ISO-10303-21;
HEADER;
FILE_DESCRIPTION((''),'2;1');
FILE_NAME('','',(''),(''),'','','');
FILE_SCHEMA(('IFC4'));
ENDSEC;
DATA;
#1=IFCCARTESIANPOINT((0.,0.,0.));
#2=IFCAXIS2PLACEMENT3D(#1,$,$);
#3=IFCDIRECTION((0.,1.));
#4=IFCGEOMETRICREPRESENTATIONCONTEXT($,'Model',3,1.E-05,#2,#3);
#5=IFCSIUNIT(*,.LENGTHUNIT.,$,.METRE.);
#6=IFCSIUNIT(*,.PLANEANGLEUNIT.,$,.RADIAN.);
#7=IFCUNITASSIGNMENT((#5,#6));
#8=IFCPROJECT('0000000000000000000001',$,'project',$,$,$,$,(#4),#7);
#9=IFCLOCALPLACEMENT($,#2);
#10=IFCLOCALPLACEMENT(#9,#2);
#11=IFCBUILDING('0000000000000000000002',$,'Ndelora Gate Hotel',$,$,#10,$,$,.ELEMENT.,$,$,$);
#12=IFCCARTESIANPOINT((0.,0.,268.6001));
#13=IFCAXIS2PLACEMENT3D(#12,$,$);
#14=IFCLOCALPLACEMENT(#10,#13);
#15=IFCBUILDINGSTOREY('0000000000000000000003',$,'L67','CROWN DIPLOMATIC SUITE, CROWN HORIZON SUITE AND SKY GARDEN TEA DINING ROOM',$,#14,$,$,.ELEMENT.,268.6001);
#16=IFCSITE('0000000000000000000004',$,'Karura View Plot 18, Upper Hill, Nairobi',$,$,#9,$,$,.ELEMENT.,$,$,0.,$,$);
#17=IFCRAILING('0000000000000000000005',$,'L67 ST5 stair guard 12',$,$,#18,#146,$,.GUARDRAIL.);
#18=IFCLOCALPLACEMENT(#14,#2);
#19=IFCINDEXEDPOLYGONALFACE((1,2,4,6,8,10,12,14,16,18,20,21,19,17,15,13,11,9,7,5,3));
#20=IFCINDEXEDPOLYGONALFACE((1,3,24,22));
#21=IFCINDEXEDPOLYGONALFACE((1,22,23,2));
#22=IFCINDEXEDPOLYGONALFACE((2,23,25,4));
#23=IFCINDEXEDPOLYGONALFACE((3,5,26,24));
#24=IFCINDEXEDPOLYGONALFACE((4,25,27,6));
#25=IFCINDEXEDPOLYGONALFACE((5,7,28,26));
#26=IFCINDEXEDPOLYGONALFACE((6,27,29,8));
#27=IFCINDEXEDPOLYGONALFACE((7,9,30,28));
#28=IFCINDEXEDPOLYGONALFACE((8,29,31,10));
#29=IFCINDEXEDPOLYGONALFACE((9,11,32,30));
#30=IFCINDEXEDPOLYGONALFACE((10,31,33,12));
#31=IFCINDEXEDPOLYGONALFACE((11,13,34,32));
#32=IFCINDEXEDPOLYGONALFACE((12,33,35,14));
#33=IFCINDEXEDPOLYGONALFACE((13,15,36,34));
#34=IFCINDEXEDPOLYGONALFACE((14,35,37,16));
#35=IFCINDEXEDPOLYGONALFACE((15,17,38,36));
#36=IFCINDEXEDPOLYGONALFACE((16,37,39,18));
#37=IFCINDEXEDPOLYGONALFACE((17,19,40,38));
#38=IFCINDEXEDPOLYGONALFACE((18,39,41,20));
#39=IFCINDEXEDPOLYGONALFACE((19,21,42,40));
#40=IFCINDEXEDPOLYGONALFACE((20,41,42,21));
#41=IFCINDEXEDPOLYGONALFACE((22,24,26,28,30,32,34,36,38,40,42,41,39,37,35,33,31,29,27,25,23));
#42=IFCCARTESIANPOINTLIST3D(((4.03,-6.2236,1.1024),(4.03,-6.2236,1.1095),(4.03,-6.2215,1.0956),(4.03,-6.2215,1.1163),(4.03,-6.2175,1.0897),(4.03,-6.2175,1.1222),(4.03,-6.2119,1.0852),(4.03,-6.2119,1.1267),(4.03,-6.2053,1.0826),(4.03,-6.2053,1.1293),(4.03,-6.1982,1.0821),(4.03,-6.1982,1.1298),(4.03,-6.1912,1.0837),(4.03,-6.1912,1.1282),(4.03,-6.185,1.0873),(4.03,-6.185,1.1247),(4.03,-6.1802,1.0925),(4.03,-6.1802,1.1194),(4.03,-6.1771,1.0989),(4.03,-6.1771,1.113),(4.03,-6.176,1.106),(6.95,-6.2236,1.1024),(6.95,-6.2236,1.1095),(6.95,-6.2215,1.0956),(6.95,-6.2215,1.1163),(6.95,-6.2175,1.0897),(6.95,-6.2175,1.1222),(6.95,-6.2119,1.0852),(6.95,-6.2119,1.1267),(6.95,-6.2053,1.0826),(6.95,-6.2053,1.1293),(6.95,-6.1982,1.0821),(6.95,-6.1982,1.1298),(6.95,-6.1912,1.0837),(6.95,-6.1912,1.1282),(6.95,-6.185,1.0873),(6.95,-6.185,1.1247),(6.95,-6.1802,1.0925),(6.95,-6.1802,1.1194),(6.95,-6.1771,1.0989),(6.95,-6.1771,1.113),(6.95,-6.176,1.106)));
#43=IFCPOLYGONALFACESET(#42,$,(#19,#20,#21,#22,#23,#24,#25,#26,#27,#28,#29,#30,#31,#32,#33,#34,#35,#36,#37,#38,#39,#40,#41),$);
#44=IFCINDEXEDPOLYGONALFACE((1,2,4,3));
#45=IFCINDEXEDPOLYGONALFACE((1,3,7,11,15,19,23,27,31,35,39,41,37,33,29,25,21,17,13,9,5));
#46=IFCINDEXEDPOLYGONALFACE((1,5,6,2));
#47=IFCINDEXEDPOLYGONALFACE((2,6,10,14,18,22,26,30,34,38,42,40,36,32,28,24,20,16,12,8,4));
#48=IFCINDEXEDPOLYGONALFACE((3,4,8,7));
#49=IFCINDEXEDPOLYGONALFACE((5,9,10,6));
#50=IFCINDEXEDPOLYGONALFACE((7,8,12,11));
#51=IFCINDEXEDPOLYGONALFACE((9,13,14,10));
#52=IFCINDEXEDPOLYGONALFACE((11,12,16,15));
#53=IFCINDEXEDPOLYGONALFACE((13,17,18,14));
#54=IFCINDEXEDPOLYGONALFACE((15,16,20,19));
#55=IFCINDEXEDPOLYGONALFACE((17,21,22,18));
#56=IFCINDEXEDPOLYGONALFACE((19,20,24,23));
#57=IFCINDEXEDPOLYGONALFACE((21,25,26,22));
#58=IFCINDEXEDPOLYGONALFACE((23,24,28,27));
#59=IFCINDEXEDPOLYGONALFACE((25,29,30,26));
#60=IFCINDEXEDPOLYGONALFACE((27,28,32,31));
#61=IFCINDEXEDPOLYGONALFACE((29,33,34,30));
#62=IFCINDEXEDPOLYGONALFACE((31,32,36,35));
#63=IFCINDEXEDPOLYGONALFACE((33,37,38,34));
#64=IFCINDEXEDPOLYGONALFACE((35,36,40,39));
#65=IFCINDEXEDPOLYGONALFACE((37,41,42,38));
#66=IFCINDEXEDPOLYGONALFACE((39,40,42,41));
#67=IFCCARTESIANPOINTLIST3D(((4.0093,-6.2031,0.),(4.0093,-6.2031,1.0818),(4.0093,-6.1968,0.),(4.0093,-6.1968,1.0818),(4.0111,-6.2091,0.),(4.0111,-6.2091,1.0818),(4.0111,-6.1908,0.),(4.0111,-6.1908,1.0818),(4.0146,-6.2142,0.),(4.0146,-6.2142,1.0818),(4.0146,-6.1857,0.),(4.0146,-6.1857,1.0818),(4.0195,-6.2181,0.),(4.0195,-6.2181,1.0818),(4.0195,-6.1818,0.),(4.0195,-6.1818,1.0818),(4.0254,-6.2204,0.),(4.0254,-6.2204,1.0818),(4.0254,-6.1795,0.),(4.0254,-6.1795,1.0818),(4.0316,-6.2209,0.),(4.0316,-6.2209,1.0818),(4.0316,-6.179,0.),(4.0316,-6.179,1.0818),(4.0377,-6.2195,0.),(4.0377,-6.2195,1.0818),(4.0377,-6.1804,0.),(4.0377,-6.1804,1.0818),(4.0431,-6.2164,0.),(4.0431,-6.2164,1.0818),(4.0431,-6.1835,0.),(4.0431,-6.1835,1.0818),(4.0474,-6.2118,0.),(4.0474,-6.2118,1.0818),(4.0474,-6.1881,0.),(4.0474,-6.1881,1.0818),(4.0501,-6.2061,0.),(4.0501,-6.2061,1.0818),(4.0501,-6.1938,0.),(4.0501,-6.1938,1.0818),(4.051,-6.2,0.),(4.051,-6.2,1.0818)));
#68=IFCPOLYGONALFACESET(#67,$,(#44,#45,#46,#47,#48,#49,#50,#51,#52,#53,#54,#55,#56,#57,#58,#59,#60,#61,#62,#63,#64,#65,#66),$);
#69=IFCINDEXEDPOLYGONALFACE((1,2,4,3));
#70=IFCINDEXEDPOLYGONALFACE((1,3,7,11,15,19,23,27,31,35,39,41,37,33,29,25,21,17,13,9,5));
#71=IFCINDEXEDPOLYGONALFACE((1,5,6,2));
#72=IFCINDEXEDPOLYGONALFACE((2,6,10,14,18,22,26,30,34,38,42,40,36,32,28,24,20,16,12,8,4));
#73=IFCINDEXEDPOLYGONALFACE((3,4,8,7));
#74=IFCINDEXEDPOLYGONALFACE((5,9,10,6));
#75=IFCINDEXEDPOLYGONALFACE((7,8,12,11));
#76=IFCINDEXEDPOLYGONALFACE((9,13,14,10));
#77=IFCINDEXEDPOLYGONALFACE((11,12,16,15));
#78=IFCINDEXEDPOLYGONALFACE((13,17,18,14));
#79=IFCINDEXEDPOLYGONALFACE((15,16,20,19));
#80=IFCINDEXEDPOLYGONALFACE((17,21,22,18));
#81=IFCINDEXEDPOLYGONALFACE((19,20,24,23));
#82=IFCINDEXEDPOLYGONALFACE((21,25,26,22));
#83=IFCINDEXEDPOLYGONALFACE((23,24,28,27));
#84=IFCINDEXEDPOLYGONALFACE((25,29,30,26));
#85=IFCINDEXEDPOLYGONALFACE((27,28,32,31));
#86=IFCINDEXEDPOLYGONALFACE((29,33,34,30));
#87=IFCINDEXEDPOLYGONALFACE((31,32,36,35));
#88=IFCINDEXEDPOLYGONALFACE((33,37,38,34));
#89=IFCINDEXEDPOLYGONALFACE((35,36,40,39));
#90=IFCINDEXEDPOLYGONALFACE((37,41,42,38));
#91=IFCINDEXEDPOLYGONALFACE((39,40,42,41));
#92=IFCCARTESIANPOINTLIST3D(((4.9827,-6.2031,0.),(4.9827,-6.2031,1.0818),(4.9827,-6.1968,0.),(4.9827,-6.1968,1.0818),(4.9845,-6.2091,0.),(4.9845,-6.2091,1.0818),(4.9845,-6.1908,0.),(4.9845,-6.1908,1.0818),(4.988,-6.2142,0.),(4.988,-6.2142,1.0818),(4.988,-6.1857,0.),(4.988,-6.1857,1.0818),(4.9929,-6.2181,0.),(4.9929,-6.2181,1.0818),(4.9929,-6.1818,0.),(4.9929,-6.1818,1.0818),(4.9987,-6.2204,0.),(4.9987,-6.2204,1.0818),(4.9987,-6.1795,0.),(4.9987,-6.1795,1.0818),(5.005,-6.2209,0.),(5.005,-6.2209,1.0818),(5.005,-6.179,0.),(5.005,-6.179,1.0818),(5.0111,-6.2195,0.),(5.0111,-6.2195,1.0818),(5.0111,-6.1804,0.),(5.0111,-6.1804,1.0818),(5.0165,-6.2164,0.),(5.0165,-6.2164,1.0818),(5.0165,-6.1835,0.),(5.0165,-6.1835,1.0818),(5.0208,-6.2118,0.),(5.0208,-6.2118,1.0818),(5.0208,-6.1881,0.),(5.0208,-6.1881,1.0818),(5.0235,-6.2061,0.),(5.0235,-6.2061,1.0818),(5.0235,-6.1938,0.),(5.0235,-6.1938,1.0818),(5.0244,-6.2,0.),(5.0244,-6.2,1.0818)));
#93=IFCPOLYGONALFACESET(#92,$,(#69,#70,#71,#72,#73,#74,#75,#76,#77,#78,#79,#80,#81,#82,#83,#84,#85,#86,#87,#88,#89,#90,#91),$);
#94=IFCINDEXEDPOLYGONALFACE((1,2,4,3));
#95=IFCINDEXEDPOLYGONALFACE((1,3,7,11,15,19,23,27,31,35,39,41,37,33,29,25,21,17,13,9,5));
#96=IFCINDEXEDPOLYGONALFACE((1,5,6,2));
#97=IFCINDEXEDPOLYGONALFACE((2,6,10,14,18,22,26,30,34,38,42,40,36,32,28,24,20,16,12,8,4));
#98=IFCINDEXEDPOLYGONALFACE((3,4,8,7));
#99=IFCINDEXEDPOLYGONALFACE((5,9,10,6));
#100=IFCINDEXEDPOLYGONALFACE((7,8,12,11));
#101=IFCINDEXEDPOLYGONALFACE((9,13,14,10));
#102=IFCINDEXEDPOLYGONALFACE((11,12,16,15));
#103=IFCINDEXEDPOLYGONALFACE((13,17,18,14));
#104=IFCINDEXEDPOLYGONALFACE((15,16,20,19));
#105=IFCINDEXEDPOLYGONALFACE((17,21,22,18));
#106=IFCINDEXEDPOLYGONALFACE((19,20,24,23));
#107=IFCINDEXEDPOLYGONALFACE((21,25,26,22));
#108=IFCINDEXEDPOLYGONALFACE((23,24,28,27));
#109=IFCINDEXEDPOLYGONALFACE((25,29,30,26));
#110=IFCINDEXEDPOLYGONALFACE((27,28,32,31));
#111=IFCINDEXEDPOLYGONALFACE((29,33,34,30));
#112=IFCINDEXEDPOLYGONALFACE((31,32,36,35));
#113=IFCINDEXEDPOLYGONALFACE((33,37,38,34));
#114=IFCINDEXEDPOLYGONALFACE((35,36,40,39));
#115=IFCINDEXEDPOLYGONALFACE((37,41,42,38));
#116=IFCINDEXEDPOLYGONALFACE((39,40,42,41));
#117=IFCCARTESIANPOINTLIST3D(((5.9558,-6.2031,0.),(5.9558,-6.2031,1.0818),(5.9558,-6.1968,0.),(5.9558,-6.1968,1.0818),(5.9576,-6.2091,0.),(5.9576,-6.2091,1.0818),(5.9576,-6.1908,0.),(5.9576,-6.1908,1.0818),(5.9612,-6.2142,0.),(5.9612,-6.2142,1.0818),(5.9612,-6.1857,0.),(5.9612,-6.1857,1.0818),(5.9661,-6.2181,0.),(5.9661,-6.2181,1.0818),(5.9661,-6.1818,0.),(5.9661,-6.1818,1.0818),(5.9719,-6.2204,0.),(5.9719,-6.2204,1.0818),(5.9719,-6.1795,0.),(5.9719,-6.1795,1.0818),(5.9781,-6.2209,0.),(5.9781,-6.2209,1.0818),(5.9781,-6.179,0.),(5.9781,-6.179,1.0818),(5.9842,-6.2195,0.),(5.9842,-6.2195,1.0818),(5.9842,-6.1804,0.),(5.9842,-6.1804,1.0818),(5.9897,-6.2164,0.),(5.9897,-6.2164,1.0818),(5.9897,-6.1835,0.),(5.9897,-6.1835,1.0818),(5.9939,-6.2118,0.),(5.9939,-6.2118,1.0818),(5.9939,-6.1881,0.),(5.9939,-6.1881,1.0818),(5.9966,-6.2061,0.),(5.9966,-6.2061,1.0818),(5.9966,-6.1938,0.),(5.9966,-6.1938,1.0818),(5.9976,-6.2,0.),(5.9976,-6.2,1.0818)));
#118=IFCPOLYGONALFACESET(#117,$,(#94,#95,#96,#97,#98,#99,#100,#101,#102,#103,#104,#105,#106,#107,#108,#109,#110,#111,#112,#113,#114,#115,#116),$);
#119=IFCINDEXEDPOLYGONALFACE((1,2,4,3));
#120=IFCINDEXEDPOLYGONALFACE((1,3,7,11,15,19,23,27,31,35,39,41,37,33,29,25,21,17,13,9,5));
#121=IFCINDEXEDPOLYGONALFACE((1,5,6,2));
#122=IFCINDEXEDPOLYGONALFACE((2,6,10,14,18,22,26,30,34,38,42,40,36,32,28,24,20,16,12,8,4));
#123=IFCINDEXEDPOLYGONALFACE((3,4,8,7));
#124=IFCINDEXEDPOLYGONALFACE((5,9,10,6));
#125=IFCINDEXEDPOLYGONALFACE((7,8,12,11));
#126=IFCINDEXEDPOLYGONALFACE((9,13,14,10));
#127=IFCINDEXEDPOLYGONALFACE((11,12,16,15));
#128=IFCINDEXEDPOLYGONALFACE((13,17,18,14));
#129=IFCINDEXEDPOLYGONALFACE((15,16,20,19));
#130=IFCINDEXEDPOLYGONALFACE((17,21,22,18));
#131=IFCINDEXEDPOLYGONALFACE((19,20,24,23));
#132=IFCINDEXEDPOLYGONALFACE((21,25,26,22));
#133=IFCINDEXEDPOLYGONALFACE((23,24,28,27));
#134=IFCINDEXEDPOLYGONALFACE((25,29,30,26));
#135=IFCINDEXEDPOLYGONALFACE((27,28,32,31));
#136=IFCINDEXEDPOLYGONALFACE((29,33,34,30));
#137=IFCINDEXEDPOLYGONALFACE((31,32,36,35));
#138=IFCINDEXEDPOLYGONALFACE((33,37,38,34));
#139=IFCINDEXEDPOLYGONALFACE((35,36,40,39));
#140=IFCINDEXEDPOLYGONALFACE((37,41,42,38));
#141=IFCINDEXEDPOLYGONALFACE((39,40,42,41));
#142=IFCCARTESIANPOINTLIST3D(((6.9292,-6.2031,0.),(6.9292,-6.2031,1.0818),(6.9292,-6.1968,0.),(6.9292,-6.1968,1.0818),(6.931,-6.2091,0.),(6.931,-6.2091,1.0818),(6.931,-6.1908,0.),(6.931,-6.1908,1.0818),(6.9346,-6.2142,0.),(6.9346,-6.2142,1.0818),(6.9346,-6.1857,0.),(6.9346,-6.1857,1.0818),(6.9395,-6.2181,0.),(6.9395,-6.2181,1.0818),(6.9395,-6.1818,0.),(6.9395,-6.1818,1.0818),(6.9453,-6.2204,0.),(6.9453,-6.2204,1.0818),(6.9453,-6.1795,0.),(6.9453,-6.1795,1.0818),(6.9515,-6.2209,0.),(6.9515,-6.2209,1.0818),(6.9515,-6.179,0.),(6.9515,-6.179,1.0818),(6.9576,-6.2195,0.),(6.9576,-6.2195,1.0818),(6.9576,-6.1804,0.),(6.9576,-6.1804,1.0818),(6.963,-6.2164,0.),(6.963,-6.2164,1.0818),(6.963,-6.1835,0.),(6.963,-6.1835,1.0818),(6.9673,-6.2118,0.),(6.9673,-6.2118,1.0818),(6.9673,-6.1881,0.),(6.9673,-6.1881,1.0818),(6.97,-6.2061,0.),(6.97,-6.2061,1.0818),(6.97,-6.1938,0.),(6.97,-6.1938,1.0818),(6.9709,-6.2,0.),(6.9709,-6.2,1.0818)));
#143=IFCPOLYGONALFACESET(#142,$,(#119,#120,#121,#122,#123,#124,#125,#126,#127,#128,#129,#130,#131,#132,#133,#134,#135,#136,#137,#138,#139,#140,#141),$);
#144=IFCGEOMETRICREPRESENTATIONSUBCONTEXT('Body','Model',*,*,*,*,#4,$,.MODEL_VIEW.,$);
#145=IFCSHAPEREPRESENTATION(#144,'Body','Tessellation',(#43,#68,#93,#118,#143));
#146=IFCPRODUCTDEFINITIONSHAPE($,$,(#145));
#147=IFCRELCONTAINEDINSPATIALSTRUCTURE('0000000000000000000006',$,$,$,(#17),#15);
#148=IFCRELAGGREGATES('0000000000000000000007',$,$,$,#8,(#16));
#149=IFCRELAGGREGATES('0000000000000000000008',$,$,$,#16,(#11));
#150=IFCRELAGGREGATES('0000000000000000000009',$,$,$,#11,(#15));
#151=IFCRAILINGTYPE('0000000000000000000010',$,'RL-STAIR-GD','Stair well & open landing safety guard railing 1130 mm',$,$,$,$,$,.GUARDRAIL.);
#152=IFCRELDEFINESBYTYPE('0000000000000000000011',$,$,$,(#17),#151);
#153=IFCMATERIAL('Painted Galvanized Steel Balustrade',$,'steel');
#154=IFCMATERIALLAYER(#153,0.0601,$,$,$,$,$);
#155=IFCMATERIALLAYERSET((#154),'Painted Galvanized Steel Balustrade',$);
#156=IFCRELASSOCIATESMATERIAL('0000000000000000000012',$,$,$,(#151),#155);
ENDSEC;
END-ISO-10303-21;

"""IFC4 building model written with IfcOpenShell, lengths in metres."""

from ifc_helpers import new_model, si_unit, direction, frame, origin, origin_2d, place, context, subcontext, project, spatial, circle, extrude, material, layer, layer_set, type_object, element, save


model = new_model("IFC4")

# Units and contexts
model_context = context("Model", 3, precision=1e-05, world=origin(), true_north=direction((0.0, 1.0)))
body_context = subcontext(model_context, "Body", "Model", "MODEL_VIEW")
ifc_project = project(units=[si_unit("LENGTHUNIT", "METRE"), si_unit("PLANEANGLEUNIT", "RADIAN")], contexts=[model_context])

# Site, building, storey
site_placement = place(None, origin())
site = spatial("IfcSite", under=ifc_project, at=site_placement, Name="Karura View Plot 18, Upper Hill, Nairobi", CompositionType="ELEMENT", RefElevation=0.0)
building_placement = place(site_placement, origin())
building = spatial("IfcBuilding", under=site, at=building_placement, Name="Ndelora Gate Hotel", CompositionType="ELEMENT")
storey_placement = place(building_placement, frame((0.0, 0.0, 268.6001)))
storey = spatial("IfcBuildingStorey", under=building, at=storey_placement, Name="L67", Description="CROWN DIPLOMATIC SUITE, CROWN HORIZON SUITE AND SKY GARDEN TEA DINING ROOM", CompositionType="ELEMENT", Elevation=268.6001)

# Railing
ifc_material_1 = material(Name="Painted Galvanized Steel Balustrade", Category="steel")
ifc_layer_1 = layer(ifc_material_1, 0.0601)
ifc_layer_set_1 = layer_set([ifc_layer_1], Name="Painted Galvanized Steel Balustrade")
railing_type_1 = type_object("IfcRailingType", Name="RL-STAIR-GD", Description="Stair well & open landing safety guard railing 1130 mm", PredefinedType="GUARDRAIL", material=ifc_layer_set_1)
railing_1_placement = place(storey_placement, frame((4.03, -6.2, 0.0)))
element("IfcRailing", 1, at=railing_1_placement, inside=storey, type_object=railing_type_1, Name="L67 ST5 stair guard 12", PredefinedType="GUARDRAIL", context=body_context, shape_type="SweptSolid", body=[
    extrude(circle(Radius=0.0239, at=origin_2d()), frame((0.0, 0.0, 1.106), z_axis=(1.0, 0.0, 0.0), x_axis=(0.0, 1.0, 0.0)), (0.0, 0.0, 1.0), 2.9199),
    extrude(circle(Radius=0.021, at=origin_2d()), origin(), (0.0, 0.0, 1.0), 1.0818),
    extrude(circle(Radius=0.021, at=origin_2d()), frame((0.9734, 0.0, 0.0)), (0.0, 0.0, 1.0), 1.0818),
    extrude(circle(Radius=0.021, at=origin_2d()), frame((1.9465, 0.0, 0.0)), (0.0, 0.0, 1.0), 1.0818),
    extrude(circle(Radius=0.021, at=origin_2d()), frame((2.9199, 0.0, 0.0)), (0.0, 0.0, 1.0), 1.0818),
])

save(model, "model.ifc")
